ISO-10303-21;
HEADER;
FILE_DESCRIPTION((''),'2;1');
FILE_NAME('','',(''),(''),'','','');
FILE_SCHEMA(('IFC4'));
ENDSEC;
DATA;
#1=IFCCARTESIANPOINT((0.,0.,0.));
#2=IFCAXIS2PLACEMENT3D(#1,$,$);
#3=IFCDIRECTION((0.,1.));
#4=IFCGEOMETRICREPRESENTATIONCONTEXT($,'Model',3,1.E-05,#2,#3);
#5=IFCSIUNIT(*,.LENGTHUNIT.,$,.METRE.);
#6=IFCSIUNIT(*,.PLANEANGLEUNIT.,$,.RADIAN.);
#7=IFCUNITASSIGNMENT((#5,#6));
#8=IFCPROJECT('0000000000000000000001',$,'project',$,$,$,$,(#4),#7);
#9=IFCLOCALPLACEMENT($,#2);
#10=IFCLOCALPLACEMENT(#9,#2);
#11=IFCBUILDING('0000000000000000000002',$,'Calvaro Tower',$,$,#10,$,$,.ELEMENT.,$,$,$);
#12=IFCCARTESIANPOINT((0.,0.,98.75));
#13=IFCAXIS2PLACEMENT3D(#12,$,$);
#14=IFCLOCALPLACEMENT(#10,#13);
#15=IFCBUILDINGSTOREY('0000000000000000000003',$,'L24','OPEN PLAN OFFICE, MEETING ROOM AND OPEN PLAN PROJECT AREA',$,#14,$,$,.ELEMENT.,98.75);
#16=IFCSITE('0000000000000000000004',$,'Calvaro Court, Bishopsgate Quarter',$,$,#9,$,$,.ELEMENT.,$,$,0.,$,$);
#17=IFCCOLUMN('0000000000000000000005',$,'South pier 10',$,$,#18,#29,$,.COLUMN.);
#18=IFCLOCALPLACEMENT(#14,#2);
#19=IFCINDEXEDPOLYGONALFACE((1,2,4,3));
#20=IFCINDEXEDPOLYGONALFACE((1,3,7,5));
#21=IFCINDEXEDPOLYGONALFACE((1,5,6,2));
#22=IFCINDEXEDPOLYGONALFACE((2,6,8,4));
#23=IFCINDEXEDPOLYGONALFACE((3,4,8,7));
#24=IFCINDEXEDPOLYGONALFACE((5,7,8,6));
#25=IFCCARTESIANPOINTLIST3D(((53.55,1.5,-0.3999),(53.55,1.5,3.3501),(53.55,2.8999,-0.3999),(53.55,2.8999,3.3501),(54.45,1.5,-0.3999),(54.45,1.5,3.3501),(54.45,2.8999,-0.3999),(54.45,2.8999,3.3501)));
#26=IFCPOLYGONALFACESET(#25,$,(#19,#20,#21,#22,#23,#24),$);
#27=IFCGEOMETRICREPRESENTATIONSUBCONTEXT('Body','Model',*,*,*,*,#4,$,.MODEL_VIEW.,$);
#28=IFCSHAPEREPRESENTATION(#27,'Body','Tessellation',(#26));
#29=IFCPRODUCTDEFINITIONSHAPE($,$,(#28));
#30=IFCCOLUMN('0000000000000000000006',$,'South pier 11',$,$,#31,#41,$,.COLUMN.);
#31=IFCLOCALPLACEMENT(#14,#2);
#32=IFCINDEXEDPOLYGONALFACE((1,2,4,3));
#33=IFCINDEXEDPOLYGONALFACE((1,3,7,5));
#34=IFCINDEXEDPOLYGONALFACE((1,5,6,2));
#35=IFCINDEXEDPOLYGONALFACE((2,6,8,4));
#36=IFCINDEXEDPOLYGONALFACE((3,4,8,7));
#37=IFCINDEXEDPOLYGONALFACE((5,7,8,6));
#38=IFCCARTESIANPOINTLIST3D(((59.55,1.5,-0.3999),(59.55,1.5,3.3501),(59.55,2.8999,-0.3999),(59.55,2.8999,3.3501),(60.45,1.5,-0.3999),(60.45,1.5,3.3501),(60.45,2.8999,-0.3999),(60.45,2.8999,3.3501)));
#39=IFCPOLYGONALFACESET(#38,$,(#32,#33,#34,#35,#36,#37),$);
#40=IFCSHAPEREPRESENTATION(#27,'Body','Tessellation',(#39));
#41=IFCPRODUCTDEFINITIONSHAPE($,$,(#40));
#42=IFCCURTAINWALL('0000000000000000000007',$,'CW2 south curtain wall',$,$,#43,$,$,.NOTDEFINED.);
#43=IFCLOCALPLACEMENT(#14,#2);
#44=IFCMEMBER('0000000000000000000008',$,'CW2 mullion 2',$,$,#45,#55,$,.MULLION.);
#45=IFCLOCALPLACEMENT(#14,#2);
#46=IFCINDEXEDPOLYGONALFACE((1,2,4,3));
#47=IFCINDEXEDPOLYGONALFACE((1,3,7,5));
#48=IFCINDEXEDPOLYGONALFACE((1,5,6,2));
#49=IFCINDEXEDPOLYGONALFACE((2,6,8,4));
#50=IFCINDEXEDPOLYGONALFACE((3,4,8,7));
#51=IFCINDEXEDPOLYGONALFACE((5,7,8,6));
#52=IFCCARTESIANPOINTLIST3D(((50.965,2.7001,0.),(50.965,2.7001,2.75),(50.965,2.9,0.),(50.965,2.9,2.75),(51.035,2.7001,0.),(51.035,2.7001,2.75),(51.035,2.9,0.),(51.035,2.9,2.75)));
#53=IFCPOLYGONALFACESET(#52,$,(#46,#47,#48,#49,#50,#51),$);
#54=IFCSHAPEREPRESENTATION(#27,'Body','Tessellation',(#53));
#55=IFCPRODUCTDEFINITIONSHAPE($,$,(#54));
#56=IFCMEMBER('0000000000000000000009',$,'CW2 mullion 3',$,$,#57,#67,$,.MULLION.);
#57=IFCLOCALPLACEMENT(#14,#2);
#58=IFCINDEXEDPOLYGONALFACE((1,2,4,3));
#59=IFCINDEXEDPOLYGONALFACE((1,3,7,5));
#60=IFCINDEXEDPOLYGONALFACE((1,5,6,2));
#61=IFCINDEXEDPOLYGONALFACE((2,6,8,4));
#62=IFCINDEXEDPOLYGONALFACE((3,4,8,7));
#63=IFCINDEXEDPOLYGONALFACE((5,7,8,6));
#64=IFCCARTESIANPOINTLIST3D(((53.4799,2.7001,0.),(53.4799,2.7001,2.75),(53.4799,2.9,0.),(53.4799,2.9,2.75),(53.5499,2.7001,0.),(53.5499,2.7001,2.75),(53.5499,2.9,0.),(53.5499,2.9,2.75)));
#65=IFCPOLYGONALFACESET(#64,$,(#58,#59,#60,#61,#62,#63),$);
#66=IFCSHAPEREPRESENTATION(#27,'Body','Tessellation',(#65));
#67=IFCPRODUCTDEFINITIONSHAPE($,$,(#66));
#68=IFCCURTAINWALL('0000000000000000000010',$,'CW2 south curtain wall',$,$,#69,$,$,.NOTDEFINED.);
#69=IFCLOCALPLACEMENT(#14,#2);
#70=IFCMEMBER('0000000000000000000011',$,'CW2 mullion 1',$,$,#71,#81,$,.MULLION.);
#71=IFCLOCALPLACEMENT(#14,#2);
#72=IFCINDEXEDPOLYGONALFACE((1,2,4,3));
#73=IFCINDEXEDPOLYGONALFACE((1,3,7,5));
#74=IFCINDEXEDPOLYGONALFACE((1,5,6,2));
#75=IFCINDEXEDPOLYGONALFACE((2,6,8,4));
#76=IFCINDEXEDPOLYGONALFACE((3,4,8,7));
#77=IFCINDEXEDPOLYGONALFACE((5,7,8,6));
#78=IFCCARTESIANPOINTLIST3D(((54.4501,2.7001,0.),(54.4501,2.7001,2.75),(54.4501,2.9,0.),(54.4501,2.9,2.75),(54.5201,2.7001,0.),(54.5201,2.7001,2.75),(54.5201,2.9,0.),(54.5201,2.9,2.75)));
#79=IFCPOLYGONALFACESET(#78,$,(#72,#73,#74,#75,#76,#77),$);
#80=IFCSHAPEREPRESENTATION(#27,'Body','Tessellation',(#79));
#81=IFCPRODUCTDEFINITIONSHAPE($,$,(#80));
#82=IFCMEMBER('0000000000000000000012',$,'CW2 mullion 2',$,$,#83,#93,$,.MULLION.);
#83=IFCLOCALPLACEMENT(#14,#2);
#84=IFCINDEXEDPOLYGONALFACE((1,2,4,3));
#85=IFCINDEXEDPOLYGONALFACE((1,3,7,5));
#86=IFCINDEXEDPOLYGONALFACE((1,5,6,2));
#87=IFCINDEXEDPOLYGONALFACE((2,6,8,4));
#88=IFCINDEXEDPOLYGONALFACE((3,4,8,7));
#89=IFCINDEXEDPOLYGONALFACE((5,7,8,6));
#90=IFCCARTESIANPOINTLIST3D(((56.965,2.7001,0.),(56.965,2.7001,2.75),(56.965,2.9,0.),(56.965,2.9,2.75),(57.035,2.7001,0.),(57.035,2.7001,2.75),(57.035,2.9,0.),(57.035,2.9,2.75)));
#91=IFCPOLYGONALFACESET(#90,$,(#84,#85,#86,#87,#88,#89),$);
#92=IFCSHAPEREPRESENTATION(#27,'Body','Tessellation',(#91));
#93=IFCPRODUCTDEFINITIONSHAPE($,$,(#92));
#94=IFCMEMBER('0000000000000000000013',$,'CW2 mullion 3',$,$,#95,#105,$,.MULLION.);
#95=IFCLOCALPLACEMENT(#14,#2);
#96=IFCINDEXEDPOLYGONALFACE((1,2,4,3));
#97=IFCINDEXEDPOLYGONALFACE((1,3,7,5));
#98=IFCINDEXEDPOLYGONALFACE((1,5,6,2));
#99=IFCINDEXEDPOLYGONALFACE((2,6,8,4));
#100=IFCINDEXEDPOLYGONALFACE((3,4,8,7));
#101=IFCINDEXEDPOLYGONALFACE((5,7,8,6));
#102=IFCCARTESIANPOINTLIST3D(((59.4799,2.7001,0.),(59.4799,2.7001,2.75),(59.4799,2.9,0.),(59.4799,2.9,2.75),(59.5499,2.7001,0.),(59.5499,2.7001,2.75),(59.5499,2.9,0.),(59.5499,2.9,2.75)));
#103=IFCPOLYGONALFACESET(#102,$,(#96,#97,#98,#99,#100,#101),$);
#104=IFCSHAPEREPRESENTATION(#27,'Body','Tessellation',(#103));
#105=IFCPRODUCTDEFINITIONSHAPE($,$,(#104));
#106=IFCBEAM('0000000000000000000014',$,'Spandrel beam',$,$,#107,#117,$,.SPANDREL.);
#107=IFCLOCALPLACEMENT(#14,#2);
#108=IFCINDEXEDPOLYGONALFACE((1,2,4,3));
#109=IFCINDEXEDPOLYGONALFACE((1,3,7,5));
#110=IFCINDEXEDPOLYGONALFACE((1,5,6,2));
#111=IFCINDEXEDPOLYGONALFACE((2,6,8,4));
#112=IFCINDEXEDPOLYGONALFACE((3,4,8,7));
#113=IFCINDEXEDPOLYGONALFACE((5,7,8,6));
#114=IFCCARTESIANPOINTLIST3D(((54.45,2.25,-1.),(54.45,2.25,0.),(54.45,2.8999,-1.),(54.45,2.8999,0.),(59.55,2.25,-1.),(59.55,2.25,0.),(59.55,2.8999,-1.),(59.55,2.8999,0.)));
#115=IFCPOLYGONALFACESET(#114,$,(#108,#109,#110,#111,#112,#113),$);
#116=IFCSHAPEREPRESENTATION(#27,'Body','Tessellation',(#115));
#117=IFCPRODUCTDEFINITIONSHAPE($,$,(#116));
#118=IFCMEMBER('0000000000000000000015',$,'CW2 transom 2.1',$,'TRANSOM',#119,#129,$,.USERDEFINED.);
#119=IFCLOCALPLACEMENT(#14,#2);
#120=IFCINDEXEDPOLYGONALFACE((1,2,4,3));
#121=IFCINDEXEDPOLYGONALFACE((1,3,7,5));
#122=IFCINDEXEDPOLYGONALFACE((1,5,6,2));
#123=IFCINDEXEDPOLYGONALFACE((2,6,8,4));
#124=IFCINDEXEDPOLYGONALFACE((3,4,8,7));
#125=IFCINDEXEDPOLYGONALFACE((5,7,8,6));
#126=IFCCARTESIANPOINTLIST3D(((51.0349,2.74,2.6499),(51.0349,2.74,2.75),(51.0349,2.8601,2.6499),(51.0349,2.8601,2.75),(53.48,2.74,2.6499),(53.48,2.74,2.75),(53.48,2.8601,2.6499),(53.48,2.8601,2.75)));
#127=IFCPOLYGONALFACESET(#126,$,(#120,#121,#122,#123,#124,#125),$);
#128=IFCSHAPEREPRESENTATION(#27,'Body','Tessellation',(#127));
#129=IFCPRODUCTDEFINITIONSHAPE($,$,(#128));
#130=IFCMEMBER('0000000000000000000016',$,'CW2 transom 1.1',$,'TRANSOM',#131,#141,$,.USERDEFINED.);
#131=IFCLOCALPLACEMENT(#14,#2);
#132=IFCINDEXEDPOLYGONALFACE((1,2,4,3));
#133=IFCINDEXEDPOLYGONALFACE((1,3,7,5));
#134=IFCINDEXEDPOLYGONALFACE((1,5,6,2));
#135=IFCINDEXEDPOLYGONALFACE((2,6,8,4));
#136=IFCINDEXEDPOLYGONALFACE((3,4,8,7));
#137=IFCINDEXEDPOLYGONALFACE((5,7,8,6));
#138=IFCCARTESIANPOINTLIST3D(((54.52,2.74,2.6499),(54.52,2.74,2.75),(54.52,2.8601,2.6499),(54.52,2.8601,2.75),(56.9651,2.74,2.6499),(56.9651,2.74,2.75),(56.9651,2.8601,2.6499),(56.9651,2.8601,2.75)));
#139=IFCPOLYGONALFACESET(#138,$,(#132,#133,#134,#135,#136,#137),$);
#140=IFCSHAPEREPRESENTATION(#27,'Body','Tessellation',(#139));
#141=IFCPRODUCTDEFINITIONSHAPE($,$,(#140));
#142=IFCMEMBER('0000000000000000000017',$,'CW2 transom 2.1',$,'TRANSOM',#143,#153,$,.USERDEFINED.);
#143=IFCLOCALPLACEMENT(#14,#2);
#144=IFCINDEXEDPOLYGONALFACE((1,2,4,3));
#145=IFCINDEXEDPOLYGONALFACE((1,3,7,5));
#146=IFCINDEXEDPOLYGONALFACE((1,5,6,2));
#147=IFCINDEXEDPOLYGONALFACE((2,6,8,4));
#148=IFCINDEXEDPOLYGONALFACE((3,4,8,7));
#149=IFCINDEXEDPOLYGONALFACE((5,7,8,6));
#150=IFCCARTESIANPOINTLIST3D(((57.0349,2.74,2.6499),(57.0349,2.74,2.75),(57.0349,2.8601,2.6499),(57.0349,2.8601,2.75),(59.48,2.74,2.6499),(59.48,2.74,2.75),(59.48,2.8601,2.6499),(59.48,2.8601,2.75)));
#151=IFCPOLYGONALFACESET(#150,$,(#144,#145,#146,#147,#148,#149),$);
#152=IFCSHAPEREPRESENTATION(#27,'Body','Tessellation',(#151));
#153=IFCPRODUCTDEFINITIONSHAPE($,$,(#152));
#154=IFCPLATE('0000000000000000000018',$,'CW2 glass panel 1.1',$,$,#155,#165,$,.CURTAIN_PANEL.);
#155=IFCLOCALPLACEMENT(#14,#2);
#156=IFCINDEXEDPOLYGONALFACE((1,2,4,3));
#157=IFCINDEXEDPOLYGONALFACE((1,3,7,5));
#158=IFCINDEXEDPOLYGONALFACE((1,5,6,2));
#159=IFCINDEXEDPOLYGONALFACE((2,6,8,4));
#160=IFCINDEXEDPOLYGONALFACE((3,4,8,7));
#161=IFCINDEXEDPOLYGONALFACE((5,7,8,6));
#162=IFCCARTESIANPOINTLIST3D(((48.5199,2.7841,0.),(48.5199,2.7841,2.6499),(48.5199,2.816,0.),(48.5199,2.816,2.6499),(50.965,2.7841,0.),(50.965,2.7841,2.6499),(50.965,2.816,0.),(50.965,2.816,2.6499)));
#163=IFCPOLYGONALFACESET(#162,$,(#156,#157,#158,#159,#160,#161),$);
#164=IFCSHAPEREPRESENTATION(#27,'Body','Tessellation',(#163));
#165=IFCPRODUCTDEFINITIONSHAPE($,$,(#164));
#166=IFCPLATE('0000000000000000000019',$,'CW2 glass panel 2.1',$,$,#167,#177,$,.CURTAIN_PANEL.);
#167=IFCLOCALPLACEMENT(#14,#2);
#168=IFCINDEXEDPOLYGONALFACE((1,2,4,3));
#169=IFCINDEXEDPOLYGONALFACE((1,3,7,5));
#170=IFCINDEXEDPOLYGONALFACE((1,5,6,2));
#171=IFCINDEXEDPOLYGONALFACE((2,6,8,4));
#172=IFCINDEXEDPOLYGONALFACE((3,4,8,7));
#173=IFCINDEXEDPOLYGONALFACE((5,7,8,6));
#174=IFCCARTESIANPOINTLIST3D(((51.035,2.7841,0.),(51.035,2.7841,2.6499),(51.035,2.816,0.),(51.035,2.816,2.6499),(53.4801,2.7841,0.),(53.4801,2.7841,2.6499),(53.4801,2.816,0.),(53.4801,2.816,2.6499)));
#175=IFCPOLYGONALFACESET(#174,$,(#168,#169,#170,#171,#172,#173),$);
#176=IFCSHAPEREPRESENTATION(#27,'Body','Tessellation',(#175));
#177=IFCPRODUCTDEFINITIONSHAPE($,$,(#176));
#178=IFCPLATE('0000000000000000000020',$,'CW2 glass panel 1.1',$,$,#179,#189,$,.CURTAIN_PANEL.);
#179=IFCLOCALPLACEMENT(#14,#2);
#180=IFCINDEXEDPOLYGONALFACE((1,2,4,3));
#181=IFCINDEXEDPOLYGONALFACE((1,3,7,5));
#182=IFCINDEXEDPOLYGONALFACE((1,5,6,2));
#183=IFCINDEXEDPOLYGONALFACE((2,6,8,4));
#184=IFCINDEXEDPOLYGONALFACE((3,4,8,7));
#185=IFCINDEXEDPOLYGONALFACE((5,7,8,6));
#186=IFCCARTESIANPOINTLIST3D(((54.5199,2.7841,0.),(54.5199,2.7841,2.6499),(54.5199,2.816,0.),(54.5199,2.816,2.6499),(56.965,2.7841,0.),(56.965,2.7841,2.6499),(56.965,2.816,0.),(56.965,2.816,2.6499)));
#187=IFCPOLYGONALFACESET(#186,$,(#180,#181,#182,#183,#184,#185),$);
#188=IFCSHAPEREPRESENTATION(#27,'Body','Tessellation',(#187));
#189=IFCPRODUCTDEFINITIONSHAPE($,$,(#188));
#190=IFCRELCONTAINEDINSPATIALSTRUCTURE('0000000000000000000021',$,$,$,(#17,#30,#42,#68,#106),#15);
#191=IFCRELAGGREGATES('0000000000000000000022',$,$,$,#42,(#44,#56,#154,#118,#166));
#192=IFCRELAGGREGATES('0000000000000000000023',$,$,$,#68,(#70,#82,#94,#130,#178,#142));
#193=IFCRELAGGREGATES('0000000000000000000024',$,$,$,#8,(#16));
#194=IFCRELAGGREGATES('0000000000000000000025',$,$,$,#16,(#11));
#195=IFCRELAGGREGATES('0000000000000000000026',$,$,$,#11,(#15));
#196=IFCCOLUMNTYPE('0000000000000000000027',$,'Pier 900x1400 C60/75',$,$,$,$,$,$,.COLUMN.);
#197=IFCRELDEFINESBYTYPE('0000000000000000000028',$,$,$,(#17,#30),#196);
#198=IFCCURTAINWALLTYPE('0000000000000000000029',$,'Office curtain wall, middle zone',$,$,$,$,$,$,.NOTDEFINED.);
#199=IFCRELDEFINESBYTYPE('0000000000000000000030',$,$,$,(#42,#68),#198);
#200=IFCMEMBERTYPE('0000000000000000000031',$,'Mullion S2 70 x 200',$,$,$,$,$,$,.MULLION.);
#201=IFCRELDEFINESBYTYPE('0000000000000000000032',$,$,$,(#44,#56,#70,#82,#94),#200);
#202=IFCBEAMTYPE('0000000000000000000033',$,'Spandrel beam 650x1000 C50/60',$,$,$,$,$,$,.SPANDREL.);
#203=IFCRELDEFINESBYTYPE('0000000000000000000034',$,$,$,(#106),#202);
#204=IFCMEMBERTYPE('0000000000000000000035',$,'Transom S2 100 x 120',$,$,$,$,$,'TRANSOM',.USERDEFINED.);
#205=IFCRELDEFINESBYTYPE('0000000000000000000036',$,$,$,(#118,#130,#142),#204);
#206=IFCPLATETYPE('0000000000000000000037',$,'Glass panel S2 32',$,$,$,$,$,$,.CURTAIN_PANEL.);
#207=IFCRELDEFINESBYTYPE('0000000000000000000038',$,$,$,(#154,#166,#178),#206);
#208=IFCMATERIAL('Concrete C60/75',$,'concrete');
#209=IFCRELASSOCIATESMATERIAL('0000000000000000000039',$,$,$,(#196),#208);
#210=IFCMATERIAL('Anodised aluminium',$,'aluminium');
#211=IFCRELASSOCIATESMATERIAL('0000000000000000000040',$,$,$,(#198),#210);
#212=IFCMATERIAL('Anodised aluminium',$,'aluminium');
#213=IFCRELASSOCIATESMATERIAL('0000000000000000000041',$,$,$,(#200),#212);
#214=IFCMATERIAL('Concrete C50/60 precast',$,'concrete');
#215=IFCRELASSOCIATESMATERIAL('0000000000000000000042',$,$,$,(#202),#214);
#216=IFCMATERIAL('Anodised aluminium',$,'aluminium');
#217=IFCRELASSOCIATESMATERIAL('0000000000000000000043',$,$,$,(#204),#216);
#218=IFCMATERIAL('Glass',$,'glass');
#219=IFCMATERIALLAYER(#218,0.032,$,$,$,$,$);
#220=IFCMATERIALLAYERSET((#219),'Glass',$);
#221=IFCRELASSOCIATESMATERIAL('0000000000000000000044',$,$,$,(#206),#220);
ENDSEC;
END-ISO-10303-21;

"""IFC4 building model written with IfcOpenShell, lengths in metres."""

from ifc_helpers import new_model, si_unit, direction, frame, origin, origin_2d, place, context, subcontext, project, spatial, rectangle, extrude, material, layer, layer_set, material_profile, profile_set, type_object, element, aggregate, save


model = new_model("IFC4")

# Units and contexts
model_context = context("Model", 3, precision=1e-05, world=origin(), true_north=direction((0.0, 1.0)))
body_context = subcontext(model_context, "Body", "Model", "MODEL_VIEW")
ifc_project = project(units=[si_unit("LENGTHUNIT", "METRE"), si_unit("PLANEANGLEUNIT", "RADIAN")], contexts=[model_context])

# Site, building, storey
site_placement = place(None, origin())
site = spatial("IfcSite", under=ifc_project, at=site_placement, Name="Calvaro Court, Bishopsgate Quarter", CompositionType="ELEMENT", RefElevation=0.0)
building_placement = place(site_placement, origin())
building = spatial("IfcBuilding", under=site, at=building_placement, Name="Calvaro Tower", CompositionType="ELEMENT")
storey_placement = place(building_placement, frame((0.0, 0.0, 98.75)))
storey = spatial("IfcBuildingStorey", under=building, at=storey_placement, Name="L24", Description="OPEN PLAN OFFICE, MEETING ROOM AND OPEN PLAN PROJECT AREA", CompositionType="ELEMENT", Elevation=98.75)

# Columns
ifc_material_1 = material(Name="Concrete C60/75", Category="concrete")
ifc_material_profile_1 = material_profile(ifc_material_1, rectangle(XDim=0.8999, YDim=1.3999, at=origin_2d()), Name="RC 900x1400")
ifc_profile_set_1 = profile_set([ifc_material_profile_1], Name="Concrete C60/75")
column_type = type_object("IfcColumnType", Name="Pier 900x1400 C60/75", PredefinedType="COLUMN", material=ifc_profile_set_1)
for number, where, z_axis, x_axis, name in (
    (1, (54.0, 2.2, -0.3999), (0.0, 0.0, 1.0), (1.0, 0.0, 0.0), "South pier 10"),
    (2, (60.0, 2.2, -0.3999), (0.0, 0.0, 1.0), (1.0, 0.0, 0.0), "South pier 11"),
):
    element("IfcColumn", number, at=place(storey_placement, frame(where, z_axis=z_axis, x_axis=x_axis)), inside=storey, type_object=column_type, Name=name, PredefinedType="COLUMN", context=body_context, shape_type="SweptSolid", body=[
        extrude(rectangle(XDim=0.8999, YDim=1.3999, at=origin_2d()), origin(), (0.0, 0.0, 1.0), 3.75),
    ])

# Curtain walls, members
ifc_material_2 = material(Name="Anodised aluminium", Category="aluminium")
curtain_wall_type = type_object("IfcCurtainWallType", Name="Office curtain wall, middle zone", PredefinedType="NOTDEFINED", material=ifc_material_2)
curtain_wall_1_placement = place(storey_placement, origin())
curtain_wall_1 = element("IfcCurtainWall", 3, at=curtain_wall_1_placement, inside=storey, type_object=curtain_wall_type, Name="CW2 south curtain wall", PredefinedType="NOTDEFINED")
ifc_material_3 = material(Name="Anodised aluminium", Category="aluminium")
ifc_material_profile_2 = material_profile(ifc_material_3, rectangle(XDim=0.2, YDim=0.0701, at=origin_2d()), Name="Mullion S2 70 x 200")
ifc_profile_set_2 = profile_set([ifc_material_profile_2], Name="Anodised aluminium")
member_type_1 = type_object("IfcMemberType", Name="Mullion S2 70 x 200", PredefinedType="MULLION", material=ifc_profile_set_2)
member_1_placement = place(storey_placement, frame((51.0, 2.8, 0.0), z_axis=(0.0, 0.0, 1.0), x_axis=(0.0, 1.0, 0.0)))
member_1 = element("IfcMember", 4, at=member_1_placement, type_object=member_type_1, Name="CW2 mullion 2", PredefinedType="MULLION", context=body_context, shape_type="SweptSolid", body=[
    extrude(rectangle(XDim=0.2, YDim=0.0701, at=origin_2d()), origin(), (0.0, 0.0, 1.0), 2.75),
])
member_2_placement = place(storey_placement, frame((53.5149, 2.8, 0.0), z_axis=(0.0, 0.0, 1.0), x_axis=(0.0, 1.0, 0.0)))
member_2 = element("IfcMember", 5, at=member_2_placement, type_object=member_type_1, Name="CW2 mullion 3", PredefinedType="MULLION", context=body_context, shape_type="SweptSolid", body=[
    extrude(rectangle(XDim=0.2, YDim=0.0701, at=origin_2d()), origin(), (0.0, 0.0, 1.0), 2.75),
])
curtain_wall_2_placement = place(storey_placement, origin())
curtain_wall_2 = element("IfcCurtainWall", 6, at=curtain_wall_2_placement, inside=storey, type_object=curtain_wall_type, Name="CW2 south curtain wall", PredefinedType="NOTDEFINED")
member_3_placement = place(storey_placement, frame((54.4851, 2.8, 0.0), z_axis=(0.0, 0.0, 1.0), x_axis=(0.0, 1.0, 0.0)))
member_3 = element("IfcMember", 7, at=member_3_placement, type_object=member_type_1, Name="CW2 mullion 1", PredefinedType="MULLION", context=body_context, shape_type="SweptSolid", body=[
    extrude(rectangle(XDim=0.2, YDim=0.0701, at=origin_2d()), origin(), (0.0, 0.0, 1.0), 2.75),
])
member_4_placement = place(storey_placement, frame((57.0, 2.8, 0.0), z_axis=(0.0, 0.0, 1.0), x_axis=(0.0, 1.0, 0.0)))
member_4 = element("IfcMember", 8, at=member_4_placement, type_object=member_type_1, Name="CW2 mullion 2", PredefinedType="MULLION", context=body_context, shape_type="SweptSolid", body=[
    extrude(rectangle(XDim=0.2, YDim=0.0701, at=origin_2d()), origin(), (0.0, 0.0, 1.0), 2.75),
])
member_5_placement = place(storey_placement, frame((59.5149, 2.8, 0.0), z_axis=(0.0, 0.0, 1.0), x_axis=(0.0, 1.0, 0.0)))
member_5 = element("IfcMember", 9, at=member_5_placement, type_object=member_type_1, Name="CW2 mullion 3", PredefinedType="MULLION", context=body_context, shape_type="SweptSolid", body=[
    extrude(rectangle(XDim=0.2, YDim=0.0701, at=origin_2d()), origin(), (0.0, 0.0, 1.0), 2.75),
])

# Beam
ifc_material_4 = material(Name="Concrete C50/60 precast", Category="concrete")
ifc_material_profile_3 = material_profile(ifc_material_4, rectangle(XDim=0.6499, YDim=1.0, at=origin_2d()), Name="RC 650x1000")
ifc_profile_set_3 = profile_set([ifc_material_profile_3], Name="Concrete C50/60 precast")
beam_type = type_object("IfcBeamType", Name="Spandrel beam 650x1000 C50/60", PredefinedType="SPANDREL", material=ifc_profile_set_3)
beam_placement = place(storey_placement, frame((54.45, 2.575, -0.5), z_axis=(1.0, 0.0, 0.0), x_axis=(0.0, 1.0, 0.0)))
element("IfcBeam", 10, at=beam_placement, inside=storey, type_object=beam_type, Name="Spandrel beam", PredefinedType="SPANDREL", context=body_context, shape_type="SweptSolid", body=[
    extrude(rectangle(XDim=0.6499, YDim=1.0, at=origin_2d()), origin(), (0.0, 0.0, 1.0), 5.1001),
])

# Members
ifc_material_5 = material(Name="Anodised aluminium", Category="aluminium")
ifc_material_profile_4 = material_profile(ifc_material_5, rectangle(XDim=0.1201, YDim=0.1001, at=origin_2d()), Name="Transom S2 100 x 120")
ifc_profile_set_4 = profile_set([ifc_material_profile_4], Name="Anodised aluminium")
member_type_2 = type_object("IfcMemberType", Name="Transom S2 100 x 120", ElementType="TRANSOM", PredefinedType="USERDEFINED", material=ifc_profile_set_4)
member_6_placement = place(storey_placement, frame((51.0349, 2.8, 2.7), z_axis=(1.0, 0.0, 0.0), x_axis=(0.0, 1.0, 0.0)))
member_6 = element("IfcMember", 11, at=member_6_placement, type_object=member_type_2, Name="CW2 transom 2.1", ObjectType="TRANSOM", PredefinedType="USERDEFINED", context=body_context, shape_type="SweptSolid", body=[
    extrude(rectangle(XDim=0.1201, YDim=0.1001, at=origin_2d()), origin(), (0.0, 0.0, 1.0), 2.4451),
])
member_7_placement = place(storey_placement, frame((54.52, 2.8, 2.7), z_axis=(1.0, 0.0, 0.0), x_axis=(0.0, 1.0, 0.0)))
member_7 = element("IfcMember", 12, at=member_7_placement, type_object=member_type_2, Name="CW2 transom 1.1", ObjectType="TRANSOM", PredefinedType="USERDEFINED", context=body_context, shape_type="SweptSolid", body=[
    extrude(rectangle(XDim=0.1201, YDim=0.1001, at=origin_2d()), origin(), (0.0, 0.0, 1.0), 2.4451),
])
member_8_placement = place(storey_placement, frame((57.0349, 2.8, 2.7), z_axis=(1.0, 0.0, 0.0), x_axis=(0.0, 1.0, 0.0)))
member_8 = element("IfcMember", 13, at=member_8_placement, type_object=member_type_2, Name="CW2 transom 2.1", ObjectType="TRANSOM", PredefinedType="USERDEFINED", context=body_context, shape_type="SweptSolid", body=[
    extrude(rectangle(XDim=0.1201, YDim=0.1001, at=origin_2d()), origin(), (0.0, 0.0, 1.0), 2.4451),
])

# Plates
ifc_material_6 = material(Name="Glass", Category="glass")
ifc_layer_1 = layer(ifc_material_6, 0.032)
ifc_layer_set_1 = layer_set([ifc_layer_1], Name="Glass")
plate_type = type_object("IfcPlateType", Name="Glass panel S2 32", PredefinedType="CURTAIN_PANEL", material=ifc_layer_set_1)
plate_1_placement = place(storey_placement, frame((49.7424, 2.8, 0.0), z_axis=(0.0, 0.0, 1.0), x_axis=(1.0, 0.0, 0.0)))
plate_1 = element("IfcPlate", 14, at=plate_1_placement, type_object=plate_type, Name="CW2 glass panel 1.1", PredefinedType="CURTAIN_PANEL", context=body_context, shape_type="SweptSolid", body=[
    extrude(rectangle(XDim=2.4451, YDim=0.032, at=origin_2d()), origin(), (0.0, 0.0, 1.0), 2.6499),
])
plate_2_placement = place(storey_placement, frame((52.2576, 2.8, 0.0), z_axis=(0.0, 0.0, 1.0), x_axis=(1.0, 0.0, 0.0)))
plate_2 = element("IfcPlate", 15, at=plate_2_placement, type_object=plate_type, Name="CW2 glass panel 2.1", PredefinedType="CURTAIN_PANEL", context=body_context, shape_type="SweptSolid", body=[
    extrude(rectangle(XDim=2.4451, YDim=0.032, at=origin_2d()), origin(), (0.0, 0.0, 1.0), 2.6499),
])
aggregate(curtain_wall_1, [member_1, member_2, plate_1, member_6, plate_2])
plate_3_placement = place(storey_placement, frame((55.7424, 2.8, 0.0), z_axis=(0.0, 0.0, 1.0), x_axis=(1.0, 0.0, 0.0)))
plate_3 = element("IfcPlate", 16, at=plate_3_placement, type_object=plate_type, Name="CW2 glass panel 1.1", PredefinedType="CURTAIN_PANEL", context=body_context, shape_type="SweptSolid", body=[
    extrude(rectangle(XDim=2.4451, YDim=0.032, at=origin_2d()), origin(), (0.0, 0.0, 1.0), 2.6499),
])
aggregate(curtain_wall_2, [member_3, member_4, member_5, member_7, plate_3, member_8])

save(model, "model.ifc")
